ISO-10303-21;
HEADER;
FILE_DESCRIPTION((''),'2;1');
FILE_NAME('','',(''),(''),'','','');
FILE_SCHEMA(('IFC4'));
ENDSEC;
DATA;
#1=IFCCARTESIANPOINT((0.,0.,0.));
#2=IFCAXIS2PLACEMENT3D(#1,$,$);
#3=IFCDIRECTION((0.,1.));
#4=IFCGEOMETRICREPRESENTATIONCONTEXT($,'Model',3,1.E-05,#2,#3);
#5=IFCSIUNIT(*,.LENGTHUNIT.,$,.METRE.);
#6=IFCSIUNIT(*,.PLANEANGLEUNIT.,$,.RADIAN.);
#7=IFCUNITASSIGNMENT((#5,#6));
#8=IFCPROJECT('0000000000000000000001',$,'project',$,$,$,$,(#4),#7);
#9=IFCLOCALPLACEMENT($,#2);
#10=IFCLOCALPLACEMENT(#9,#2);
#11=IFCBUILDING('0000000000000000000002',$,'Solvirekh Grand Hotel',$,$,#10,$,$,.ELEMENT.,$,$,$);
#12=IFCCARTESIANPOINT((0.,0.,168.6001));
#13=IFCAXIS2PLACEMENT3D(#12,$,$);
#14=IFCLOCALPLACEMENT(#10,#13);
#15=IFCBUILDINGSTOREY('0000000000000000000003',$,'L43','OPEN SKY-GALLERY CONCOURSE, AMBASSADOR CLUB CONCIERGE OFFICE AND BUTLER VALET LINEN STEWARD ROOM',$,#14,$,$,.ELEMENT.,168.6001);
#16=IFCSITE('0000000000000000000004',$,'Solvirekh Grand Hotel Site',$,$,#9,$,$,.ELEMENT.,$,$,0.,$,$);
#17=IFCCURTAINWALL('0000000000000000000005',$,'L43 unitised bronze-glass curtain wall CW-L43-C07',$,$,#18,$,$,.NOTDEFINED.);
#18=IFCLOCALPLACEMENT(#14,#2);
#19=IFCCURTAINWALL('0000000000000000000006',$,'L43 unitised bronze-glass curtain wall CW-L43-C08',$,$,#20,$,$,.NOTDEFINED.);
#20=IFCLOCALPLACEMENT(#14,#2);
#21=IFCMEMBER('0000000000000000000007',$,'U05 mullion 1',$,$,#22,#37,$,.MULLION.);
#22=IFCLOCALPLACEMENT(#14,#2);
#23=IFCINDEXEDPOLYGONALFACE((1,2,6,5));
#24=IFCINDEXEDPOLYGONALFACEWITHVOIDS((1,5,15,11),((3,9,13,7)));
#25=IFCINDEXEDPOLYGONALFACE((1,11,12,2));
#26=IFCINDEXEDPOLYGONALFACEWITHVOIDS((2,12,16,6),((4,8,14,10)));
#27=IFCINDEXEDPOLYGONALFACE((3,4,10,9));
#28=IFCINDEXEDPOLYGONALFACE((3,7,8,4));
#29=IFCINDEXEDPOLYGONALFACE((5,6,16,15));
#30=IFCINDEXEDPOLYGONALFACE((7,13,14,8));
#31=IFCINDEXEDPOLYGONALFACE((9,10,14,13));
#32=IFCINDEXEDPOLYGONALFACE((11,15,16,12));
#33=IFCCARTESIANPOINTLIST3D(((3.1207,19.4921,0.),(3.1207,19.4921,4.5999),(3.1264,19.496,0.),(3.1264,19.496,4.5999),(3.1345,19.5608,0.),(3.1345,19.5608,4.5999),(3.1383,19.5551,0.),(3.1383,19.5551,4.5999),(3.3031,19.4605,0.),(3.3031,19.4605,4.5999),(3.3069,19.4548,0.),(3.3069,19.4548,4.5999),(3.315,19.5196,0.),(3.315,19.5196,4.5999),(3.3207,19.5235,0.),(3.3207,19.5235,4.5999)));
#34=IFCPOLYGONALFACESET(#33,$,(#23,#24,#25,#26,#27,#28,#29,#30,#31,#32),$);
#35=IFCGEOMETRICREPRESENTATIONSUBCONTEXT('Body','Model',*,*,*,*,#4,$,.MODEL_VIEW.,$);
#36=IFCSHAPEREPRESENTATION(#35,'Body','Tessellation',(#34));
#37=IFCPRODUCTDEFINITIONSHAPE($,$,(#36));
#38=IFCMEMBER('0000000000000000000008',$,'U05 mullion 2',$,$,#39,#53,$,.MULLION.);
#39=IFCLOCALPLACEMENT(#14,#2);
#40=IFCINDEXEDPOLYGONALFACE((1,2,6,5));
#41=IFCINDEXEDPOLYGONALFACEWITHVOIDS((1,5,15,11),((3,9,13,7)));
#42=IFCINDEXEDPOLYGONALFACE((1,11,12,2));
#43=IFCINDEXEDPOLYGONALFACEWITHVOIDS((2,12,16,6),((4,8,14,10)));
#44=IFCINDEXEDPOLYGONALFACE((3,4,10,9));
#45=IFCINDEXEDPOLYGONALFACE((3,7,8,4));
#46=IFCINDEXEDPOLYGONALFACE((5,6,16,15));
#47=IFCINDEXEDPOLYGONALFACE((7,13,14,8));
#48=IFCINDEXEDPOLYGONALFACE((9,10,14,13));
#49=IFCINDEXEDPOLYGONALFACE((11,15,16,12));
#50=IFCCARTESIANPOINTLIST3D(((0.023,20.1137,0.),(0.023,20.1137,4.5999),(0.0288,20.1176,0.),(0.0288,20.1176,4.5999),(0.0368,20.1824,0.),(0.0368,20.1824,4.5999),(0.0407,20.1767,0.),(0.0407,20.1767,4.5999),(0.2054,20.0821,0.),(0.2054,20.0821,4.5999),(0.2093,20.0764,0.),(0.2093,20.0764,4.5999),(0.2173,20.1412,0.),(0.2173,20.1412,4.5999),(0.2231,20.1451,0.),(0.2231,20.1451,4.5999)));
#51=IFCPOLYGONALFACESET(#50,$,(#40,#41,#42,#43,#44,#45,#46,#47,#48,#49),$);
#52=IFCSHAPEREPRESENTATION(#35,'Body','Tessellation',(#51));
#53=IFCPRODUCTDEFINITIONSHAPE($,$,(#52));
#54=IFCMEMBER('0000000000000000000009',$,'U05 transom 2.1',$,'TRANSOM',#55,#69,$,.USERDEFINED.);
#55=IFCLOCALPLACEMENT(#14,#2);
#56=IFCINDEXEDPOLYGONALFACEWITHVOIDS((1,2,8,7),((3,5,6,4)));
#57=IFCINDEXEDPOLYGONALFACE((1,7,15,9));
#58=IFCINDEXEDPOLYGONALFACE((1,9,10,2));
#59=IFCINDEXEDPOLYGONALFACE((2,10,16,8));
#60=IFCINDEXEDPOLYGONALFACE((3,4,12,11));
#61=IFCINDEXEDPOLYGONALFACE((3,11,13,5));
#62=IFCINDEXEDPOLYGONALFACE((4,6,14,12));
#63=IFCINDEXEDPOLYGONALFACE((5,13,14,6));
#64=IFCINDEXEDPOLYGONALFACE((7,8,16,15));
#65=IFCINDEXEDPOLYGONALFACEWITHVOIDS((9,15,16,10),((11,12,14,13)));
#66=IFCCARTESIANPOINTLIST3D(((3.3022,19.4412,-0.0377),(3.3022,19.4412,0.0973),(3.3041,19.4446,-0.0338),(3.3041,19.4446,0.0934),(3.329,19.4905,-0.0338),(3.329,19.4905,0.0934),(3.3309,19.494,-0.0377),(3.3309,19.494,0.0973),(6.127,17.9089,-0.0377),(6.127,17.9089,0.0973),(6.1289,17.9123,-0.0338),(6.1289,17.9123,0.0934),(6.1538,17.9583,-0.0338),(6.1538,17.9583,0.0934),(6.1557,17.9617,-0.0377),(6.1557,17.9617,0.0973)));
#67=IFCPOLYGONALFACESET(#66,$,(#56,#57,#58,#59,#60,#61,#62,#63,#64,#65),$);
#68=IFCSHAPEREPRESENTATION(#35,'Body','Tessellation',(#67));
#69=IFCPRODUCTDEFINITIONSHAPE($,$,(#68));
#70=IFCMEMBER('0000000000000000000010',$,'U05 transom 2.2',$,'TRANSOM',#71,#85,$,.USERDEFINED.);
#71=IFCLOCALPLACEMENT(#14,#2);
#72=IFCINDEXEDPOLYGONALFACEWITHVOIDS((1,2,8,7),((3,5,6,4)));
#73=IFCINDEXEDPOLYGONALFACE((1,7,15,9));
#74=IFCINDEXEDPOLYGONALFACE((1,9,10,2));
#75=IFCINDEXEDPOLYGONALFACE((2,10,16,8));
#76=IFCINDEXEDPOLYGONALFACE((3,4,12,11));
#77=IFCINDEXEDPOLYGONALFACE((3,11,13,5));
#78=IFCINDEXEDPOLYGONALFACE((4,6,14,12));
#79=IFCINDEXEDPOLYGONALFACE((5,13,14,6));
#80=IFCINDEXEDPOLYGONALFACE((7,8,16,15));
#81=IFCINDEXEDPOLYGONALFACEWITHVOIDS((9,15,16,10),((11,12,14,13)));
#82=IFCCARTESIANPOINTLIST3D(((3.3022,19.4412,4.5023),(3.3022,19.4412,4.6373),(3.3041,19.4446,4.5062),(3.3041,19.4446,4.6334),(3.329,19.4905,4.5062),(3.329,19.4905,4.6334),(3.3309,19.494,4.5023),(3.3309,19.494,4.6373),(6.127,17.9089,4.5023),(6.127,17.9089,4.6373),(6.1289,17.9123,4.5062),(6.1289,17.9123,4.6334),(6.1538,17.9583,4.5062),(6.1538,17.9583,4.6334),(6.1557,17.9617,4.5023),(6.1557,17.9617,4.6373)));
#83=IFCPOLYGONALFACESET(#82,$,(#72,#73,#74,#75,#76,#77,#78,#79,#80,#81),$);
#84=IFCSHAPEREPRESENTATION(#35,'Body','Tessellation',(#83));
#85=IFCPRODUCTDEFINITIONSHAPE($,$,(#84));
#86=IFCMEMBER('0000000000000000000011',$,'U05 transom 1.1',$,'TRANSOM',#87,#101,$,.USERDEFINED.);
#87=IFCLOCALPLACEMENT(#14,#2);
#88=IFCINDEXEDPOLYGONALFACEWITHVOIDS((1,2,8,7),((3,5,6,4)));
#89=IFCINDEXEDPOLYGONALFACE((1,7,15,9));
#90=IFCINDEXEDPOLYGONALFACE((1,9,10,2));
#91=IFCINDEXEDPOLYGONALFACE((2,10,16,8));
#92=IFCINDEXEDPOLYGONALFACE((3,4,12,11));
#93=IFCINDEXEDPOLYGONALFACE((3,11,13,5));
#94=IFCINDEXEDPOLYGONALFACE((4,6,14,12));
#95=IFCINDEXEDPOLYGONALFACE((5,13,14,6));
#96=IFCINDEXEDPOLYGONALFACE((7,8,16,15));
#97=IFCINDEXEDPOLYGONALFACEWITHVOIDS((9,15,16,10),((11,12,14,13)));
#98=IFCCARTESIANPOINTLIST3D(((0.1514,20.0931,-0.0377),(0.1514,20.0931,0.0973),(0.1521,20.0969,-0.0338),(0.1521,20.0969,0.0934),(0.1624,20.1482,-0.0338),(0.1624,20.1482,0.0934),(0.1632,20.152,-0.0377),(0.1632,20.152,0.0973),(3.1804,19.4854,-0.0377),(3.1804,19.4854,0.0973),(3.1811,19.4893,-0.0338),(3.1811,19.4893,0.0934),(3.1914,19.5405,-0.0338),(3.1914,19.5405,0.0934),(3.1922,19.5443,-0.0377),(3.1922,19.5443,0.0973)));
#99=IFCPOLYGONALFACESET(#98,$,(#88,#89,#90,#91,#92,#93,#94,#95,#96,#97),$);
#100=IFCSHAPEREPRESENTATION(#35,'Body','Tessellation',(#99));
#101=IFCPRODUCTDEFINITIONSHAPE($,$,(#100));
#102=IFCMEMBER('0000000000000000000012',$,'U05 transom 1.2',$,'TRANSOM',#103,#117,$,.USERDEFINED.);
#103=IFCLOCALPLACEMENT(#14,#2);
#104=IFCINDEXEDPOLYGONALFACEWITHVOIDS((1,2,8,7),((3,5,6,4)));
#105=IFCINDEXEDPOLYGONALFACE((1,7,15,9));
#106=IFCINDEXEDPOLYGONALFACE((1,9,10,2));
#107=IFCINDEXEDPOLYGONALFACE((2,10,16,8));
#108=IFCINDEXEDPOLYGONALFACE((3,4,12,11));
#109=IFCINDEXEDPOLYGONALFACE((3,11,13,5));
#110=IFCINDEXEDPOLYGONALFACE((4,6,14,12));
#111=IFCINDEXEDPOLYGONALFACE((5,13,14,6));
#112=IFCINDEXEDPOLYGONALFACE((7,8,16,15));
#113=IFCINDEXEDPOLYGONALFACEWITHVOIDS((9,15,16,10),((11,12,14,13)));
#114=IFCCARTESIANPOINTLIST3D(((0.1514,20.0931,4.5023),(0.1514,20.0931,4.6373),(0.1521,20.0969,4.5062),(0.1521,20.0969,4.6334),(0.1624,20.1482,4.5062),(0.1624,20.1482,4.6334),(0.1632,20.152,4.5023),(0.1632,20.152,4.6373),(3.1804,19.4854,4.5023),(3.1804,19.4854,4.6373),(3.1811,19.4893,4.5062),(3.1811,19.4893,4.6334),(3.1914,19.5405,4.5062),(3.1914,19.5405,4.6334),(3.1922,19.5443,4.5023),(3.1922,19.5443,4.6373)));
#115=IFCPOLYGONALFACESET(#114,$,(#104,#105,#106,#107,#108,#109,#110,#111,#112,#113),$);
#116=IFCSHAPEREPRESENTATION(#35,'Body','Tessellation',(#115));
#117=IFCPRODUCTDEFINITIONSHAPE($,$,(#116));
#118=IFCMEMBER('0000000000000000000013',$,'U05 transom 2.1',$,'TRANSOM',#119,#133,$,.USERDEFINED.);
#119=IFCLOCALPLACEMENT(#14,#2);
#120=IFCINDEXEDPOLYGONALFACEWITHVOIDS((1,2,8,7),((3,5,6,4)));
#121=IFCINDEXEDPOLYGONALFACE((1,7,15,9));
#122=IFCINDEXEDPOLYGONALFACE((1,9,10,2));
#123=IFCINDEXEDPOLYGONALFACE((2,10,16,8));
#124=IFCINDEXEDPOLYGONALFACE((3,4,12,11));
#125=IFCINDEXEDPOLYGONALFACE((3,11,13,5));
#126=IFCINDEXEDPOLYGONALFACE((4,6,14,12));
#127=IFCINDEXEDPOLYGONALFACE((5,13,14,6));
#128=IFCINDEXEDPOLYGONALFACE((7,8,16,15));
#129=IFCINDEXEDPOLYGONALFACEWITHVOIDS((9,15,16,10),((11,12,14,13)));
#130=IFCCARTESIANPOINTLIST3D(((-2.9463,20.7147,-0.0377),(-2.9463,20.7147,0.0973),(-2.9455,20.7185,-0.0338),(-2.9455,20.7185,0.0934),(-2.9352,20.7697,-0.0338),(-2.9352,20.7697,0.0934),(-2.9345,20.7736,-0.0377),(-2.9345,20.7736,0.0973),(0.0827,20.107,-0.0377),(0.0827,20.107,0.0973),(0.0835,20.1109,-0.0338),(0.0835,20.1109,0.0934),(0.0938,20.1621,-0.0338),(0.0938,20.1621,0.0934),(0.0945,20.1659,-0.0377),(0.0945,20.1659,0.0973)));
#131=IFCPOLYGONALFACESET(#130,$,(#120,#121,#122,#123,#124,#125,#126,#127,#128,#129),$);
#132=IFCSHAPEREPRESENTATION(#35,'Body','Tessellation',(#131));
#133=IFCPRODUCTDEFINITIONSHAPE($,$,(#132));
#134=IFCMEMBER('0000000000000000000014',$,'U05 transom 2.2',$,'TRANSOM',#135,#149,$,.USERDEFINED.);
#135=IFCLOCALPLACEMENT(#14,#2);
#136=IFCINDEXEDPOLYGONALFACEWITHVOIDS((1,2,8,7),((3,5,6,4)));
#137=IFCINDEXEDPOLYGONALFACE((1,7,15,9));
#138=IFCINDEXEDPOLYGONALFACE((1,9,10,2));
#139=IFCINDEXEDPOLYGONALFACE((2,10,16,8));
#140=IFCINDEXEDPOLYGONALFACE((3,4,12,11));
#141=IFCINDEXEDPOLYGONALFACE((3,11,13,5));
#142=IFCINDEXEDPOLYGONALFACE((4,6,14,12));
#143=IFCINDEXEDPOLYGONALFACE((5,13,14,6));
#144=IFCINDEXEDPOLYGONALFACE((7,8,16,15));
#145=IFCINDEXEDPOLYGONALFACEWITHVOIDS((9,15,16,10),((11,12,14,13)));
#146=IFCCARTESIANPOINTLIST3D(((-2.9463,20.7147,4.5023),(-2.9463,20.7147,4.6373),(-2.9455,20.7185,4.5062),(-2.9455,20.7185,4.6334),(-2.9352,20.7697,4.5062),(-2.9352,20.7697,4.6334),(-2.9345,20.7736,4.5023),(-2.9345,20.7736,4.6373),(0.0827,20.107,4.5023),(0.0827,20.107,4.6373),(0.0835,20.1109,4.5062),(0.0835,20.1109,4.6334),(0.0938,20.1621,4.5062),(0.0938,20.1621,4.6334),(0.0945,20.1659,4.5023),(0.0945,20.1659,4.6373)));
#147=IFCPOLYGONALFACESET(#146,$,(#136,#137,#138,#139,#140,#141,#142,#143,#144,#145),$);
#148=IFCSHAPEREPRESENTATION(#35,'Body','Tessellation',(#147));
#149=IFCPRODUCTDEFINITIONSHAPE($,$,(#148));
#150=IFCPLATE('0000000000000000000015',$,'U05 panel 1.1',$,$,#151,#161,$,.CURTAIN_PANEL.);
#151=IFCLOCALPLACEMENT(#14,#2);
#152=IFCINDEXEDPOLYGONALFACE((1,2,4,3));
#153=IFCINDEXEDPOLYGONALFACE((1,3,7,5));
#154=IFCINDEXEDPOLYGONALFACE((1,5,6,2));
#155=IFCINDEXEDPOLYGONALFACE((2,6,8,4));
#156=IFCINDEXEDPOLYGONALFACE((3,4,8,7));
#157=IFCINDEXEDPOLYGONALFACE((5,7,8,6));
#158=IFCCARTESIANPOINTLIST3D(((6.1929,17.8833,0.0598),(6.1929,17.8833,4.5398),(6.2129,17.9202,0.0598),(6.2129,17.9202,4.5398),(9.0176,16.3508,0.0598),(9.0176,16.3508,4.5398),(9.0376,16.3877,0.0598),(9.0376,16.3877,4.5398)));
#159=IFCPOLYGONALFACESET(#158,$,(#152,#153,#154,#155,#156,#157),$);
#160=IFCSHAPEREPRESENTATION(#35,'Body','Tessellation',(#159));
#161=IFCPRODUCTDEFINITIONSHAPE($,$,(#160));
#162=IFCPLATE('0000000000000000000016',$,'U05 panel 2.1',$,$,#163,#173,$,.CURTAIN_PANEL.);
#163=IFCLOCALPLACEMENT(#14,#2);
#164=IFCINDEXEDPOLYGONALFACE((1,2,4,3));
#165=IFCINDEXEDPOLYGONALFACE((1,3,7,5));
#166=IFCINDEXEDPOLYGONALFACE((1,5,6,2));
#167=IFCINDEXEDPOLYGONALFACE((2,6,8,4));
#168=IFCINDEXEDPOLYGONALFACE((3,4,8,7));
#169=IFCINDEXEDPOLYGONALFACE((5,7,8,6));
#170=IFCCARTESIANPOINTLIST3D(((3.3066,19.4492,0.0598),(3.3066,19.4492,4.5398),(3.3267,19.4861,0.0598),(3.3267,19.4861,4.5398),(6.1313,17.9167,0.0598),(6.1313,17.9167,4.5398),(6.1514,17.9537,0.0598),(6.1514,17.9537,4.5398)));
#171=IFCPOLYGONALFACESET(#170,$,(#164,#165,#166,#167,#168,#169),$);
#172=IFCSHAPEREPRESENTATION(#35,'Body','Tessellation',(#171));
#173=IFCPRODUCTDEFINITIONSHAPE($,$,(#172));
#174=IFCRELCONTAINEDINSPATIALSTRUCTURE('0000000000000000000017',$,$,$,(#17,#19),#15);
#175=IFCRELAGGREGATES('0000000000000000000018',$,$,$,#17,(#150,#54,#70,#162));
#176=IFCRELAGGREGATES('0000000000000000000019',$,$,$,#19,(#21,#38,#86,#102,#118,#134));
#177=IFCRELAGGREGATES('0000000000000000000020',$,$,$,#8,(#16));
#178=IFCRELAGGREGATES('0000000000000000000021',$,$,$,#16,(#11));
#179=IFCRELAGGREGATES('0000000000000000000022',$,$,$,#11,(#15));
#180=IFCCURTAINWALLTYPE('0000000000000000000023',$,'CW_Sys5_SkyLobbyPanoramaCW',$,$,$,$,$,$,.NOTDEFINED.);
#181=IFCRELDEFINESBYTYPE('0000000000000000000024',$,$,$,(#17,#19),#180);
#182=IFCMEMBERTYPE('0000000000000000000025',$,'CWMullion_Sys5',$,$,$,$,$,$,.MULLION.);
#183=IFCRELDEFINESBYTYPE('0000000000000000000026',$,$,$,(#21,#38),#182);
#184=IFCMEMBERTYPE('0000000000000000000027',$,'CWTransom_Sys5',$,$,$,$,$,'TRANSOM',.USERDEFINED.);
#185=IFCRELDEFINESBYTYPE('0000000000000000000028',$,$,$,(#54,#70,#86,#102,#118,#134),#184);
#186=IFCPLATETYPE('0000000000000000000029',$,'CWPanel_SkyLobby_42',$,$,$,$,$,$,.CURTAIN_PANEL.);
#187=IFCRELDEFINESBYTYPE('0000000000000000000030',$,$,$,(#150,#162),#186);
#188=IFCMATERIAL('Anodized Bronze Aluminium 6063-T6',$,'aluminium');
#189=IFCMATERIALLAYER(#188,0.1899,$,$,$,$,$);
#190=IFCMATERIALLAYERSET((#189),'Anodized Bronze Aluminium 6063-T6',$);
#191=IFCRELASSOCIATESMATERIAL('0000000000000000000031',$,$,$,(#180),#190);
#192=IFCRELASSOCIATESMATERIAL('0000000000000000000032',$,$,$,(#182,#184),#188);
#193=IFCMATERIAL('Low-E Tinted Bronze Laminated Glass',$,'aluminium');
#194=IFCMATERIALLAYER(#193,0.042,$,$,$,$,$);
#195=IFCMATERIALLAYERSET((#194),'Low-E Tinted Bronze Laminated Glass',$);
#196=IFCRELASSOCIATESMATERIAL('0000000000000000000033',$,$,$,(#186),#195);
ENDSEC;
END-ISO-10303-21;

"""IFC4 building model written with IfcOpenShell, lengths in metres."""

from ifc_helpers import new_model, si_unit, direction, frame, origin, origin_2d, place, context, subcontext, project, spatial, rectangle, hollow_rectangle, extrude, source, transform, mapped, material, layer, layer_set, material_profile, profile_set, type_object, element, aggregate, save


model = new_model("IFC4")

# Units and contexts
model_context = context("Model", 3, precision=1e-05, world=origin(), true_north=direction((0.0, 1.0)))
body_context = subcontext(model_context, "Body", "Model", "MODEL_VIEW")
ifc_project = project(units=[si_unit("LENGTHUNIT", "METRE"), si_unit("PLANEANGLEUNIT", "RADIAN")], contexts=[model_context])

# Site, building, storey
site_placement = place(None, origin())
site = spatial("IfcSite", under=ifc_project, at=site_placement, Name="Solvirekh Grand Hotel Site", CompositionType="ELEMENT", RefElevation=0.0)
building_placement = place(site_placement, origin())
building = spatial("IfcBuilding", under=site, at=building_placement, Name="Solvirekh Grand Hotel", CompositionType="ELEMENT")
storey_placement = place(building_placement, frame((0.0, 0.0, 168.6001)))
storey = spatial("IfcBuildingStorey", under=building, at=storey_placement, Name="L43", Description="OPEN SKY-GALLERY CONCOURSE, AMBASSADOR CLUB CONCIERGE OFFICE AND BUTLER VALET LINEN STEWARD ROOM", CompositionType="ELEMENT", Elevation=168.6001)

# Curtain walls, members
ifc_material_1 = material(Name="Anodized Bronze Aluminium 6063-T6", Category="aluminium")
ifc_layer_1 = layer(ifc_material_1, 0.1899)
ifc_layer_set_1 = layer_set([ifc_layer_1], Name="Anodized Bronze Aluminium 6063-T6")
curtain_wall_type = type_object("IfcCurtainWallType", Name="CW_Sys5_SkyLobbyPanoramaCW", PredefinedType="NOTDEFINED", material=ifc_layer_set_1)
curtain_wall_1_placement = place(storey_placement, origin())
curtain_wall_1 = element("IfcCurtainWall", 1, at=curtain_wall_1_placement, inside=storey, type_object=curtain_wall_type, Name="L43 unitised bronze-glass curtain wall CW-L43-C07", PredefinedType="NOTDEFINED")
ifc_material_profile_1 = material_profile(ifc_material_1, hollow_rectangle(XDim=0.0701, YDim=0.1899, WallThickness=0.0049, at=origin_2d()), Name="ALU RHS 190X70X5")
ifc_profile_set_1 = profile_set([ifc_material_profile_1], Name="Anodized Bronze Aluminium 6063-T6")
member_type_1 = type_object("IfcMemberType", Name="CWMullion_Sys5", PredefinedType="MULLION", material=ifc_profile_set_1)
shared_shape_1 = source(origin(), body_context, "Body", "SweptSolid", [
    extrude(hollow_rectangle(XDim=0.0701, YDim=0.1899, WallThickness=0.0049, at=origin_2d()), origin(), (0.0, 0.0, 1.0), 4.5999),
])
curtain_wall_2_placement = place(storey_placement, origin())
curtain_wall_2 = element("IfcCurtainWall", 2, at=curtain_wall_2_placement, inside=storey, type_object=curtain_wall_type, Name="L43 unitised bronze-glass curtain wall CW-L43-C08", PredefinedType="NOTDEFINED")
member_1_placement = place(storey_placement, frame((3.2207, 19.5078, 0.0), z_axis=(0.0, 0.0, 1.0), x_axis=(-0.196748, -0.980454, 0.0)))
member_1 = element("IfcMember", 3, at=member_1_placement, type_object=member_type_1, Name="U05 mullion 1", PredefinedType="MULLION", context=body_context, shape_type="MappedRepresentation", body=[
    mapped(shared_shape_1, transform((0.0, 0.0, 0.0), x_axis=(1.0, 0.0, 0.0), y_axis=(0.0, 1.0, 0.0), z_axis=(0.0, 0.0, 1.0), scale=1.0)),
])
member_2_placement = place(storey_placement, frame((0.123, 20.1294, 0.0), z_axis=(0.0, 0.0, 1.0), x_axis=(-0.196748, -0.980454, 0.0)))
member_2 = element("IfcMember", 4, at=member_2_placement, type_object=member_type_1, Name="U05 mullion 2", PredefinedType="MULLION", context=body_context, shape_type="MappedRepresentation", body=[
    mapped(shared_shape_1, transform((0.0, 0.0, 0.0), x_axis=(1.0, 0.0, 0.0), y_axis=(0.0, 1.0, 0.0), z_axis=(0.0, 0.0, 1.0), scale=1.0)),
])

# Members
ifc_material_profile_2 = material_profile(ifc_material_1, hollow_rectangle(XDim=0.0601, YDim=0.135, WallThickness=0.0039, at=origin_2d()), Name="ALU RHS 135X60X4")
ifc_profile_set_2 = profile_set([ifc_material_profile_2], Name="Anodized Bronze Aluminium 6063-T6")
member_type_2 = type_object("IfcMemberType", Name="CWTransom_Sys5", ElementType="TRANSOM", PredefinedType="USERDEFINED", material=ifc_profile_set_2)
shared_shape_2 = source(origin(), body_context, "Body", "SweptSolid", [
    extrude(hollow_rectangle(XDim=0.0601, YDim=0.135, WallThickness=0.0039, at=origin_2d()), origin(), (0.0, 0.0, 1.0), 3.2136),
])
member_3_placement = place(storey_placement, frame((6.1414, 17.9353, 0.0298), z_axis=(-0.879008, 0.476807, 0.0), x_axis=(-0.476807, -0.879008, 0.0)))
member_3 = element("IfcMember", 5, at=member_3_placement, type_object=member_type_2, Name="U05 transom 2.1", ObjectType="TRANSOM", PredefinedType="USERDEFINED", context=body_context, shape_type="MappedRepresentation", body=[
    mapped(shared_shape_2, transform((0.0, 0.0, 0.0), x_axis=(1.0, 0.0, 0.0), y_axis=(0.0, 1.0, 0.0), z_axis=(0.0, 0.0, 1.0), scale=1.0)),
])
member_4_placement = place(storey_placement, frame((6.1414, 17.9353, 4.5698), z_axis=(-0.879008, 0.476807, 0.0), x_axis=(-0.476807, -0.879008, 0.0)))
member_4 = element("IfcMember", 6, at=member_4_placement, type_object=member_type_2, Name="U05 transom 2.2", ObjectType="TRANSOM", PredefinedType="USERDEFINED", context=body_context, shape_type="MappedRepresentation", body=[
    mapped(shared_shape_2, transform((0.0, 0.0, 0.0), x_axis=(1.0, 0.0, 0.0), y_axis=(0.0, 1.0, 0.0), z_axis=(0.0, 0.0, 1.0), scale=1.0)),
])
shared_shape_3 = source(origin(), body_context, "Body", "SweptSolid", [
    extrude(hollow_rectangle(XDim=0.0601, YDim=0.135, WallThickness=0.0039, at=origin_2d()), origin(), (0.0, 0.0, 1.0), 3.0894),
])
member_5_placement = place(storey_placement, frame((3.1863, 19.5149, 0.0298), z_axis=(-0.980465, 0.196694, 0.0), x_axis=(-0.196694, -0.980465, 0.0)))
member_5 = element("IfcMember", 7, at=member_5_placement, type_object=member_type_2, Name="U05 transom 1.1", ObjectType="TRANSOM", PredefinedType="USERDEFINED", context=body_context, shape_type="MappedRepresentation", body=[
    mapped(shared_shape_3, transform((0.0, 0.0, 0.0), x_axis=(1.0, 0.0, 0.0), y_axis=(0.0, 1.0, 0.0), z_axis=(0.0, 0.0, 1.0), scale=1.0)),
])
member_6_placement = place(storey_placement, frame((3.1863, 19.5149, 4.5698), z_axis=(-0.980465, 0.196694, 0.0), x_axis=(-0.196694, -0.980465, 0.0)))
member_6 = element("IfcMember", 8, at=member_6_placement, type_object=member_type_2, Name="U05 transom 1.2", ObjectType="TRANSOM", PredefinedType="USERDEFINED", context=body_context, shape_type="MappedRepresentation", body=[
    mapped(shared_shape_3, transform((0.0, 0.0, 0.0), x_axis=(1.0, 0.0, 0.0), y_axis=(0.0, 1.0, 0.0), z_axis=(0.0, 0.0, 1.0), scale=1.0)),
])
member_7_placement = place(storey_placement, frame((0.0886, 20.1365, 0.0298), z_axis=(-0.980465, 0.196694, 0.0), x_axis=(-0.196694, -0.980465, 0.0)))
member_7 = element("IfcMember", 9, at=member_7_placement, type_object=member_type_2, Name="U05 transom 2.1", ObjectType="TRANSOM", PredefinedType="USERDEFINED", context=body_context, shape_type="MappedRepresentation", body=[
    mapped(shared_shape_3, transform((0.0, 0.0, 0.0), x_axis=(1.0, 0.0, 0.0), y_axis=(0.0, 1.0, 0.0), z_axis=(0.0, 0.0, 1.0), scale=1.0)),
])
member_8_placement = place(storey_placement, frame((0.0886, 20.1365, 4.5698), z_axis=(-0.980465, 0.196694, 0.0), x_axis=(-0.196694, -0.980465, 0.0)))
member_8 = element("IfcMember", 10, at=member_8_placement, type_object=member_type_2, Name="U05 transom 2.2", ObjectType="TRANSOM", PredefinedType="USERDEFINED", context=body_context, shape_type="MappedRepresentation", body=[
    mapped(shared_shape_3, transform((0.0, 0.0, 0.0), x_axis=(1.0, 0.0, 0.0), y_axis=(0.0, 1.0, 0.0), z_axis=(0.0, 0.0, 1.0), scale=1.0)),
])

# Plates
ifc_material_2 = material(Name="Low-E Tinted Bronze Laminated Glass", Category="aluminium")
ifc_layer_2 = layer(ifc_material_2, 0.042)
ifc_layer_set_2 = layer_set([ifc_layer_2], Name="Low-E Tinted Bronze Laminated Glass")
plate_type = type_object("IfcPlateType", Name="CWPanel_SkyLobby_42", PredefinedType="CURTAIN_PANEL", material=ifc_layer_set_2)
shared_shape_4 = source(origin(), body_context, "Body", "SweptSolid", [
    extrude(rectangle(XDim=3.2136, YDim=0.042, at=origin_2d()), origin(), (0.0, 0.0, 1.0), 4.48),
])
plate_1_placement = place(storey_placement, frame((7.6152, 17.1355, 0.0598), z_axis=(0.0, 0.0, 1.0), x_axis=(-0.878982, 0.476856, 0.0)))
plate_1 = element("IfcPlate", 11, at=plate_1_placement, type_object=plate_type, Name="U05 panel 1.1", PredefinedType="CURTAIN_PANEL", context=body_context, shape_type="MappedRepresentation", body=[
    mapped(shared_shape_4, transform((0.0, 0.0, 0.0), x_axis=(1.0, 0.0, 0.0), y_axis=(0.0, 1.0, 0.0), z_axis=(0.0, 0.0, 1.0), scale=1.0)),
])
plate_2_placement = place(storey_placement, frame((4.729, 18.7014, 0.0598), z_axis=(0.0, 0.0, 1.0), x_axis=(-0.878982, 0.476856, 0.0)))
plate_2 = element("IfcPlate", 12, at=plate_2_placement, type_object=plate_type, Name="U05 panel 2.1", PredefinedType="CURTAIN_PANEL", context=body_context, shape_type="MappedRepresentation", body=[
    mapped(shared_shape_4, transform((0.0, 0.0, 0.0), x_axis=(1.0, 0.0, 0.0), y_axis=(0.0, 1.0, 0.0), z_axis=(0.0, 0.0, 1.0), scale=1.0)),
])
aggregate(curtain_wall_1, [plate_1, member_3, member_4, plate_2])
aggregate(curtain_wall_2, [member_1, member_2, member_5, member_6, member_7, member_8])

save(model, "model.ifc")
